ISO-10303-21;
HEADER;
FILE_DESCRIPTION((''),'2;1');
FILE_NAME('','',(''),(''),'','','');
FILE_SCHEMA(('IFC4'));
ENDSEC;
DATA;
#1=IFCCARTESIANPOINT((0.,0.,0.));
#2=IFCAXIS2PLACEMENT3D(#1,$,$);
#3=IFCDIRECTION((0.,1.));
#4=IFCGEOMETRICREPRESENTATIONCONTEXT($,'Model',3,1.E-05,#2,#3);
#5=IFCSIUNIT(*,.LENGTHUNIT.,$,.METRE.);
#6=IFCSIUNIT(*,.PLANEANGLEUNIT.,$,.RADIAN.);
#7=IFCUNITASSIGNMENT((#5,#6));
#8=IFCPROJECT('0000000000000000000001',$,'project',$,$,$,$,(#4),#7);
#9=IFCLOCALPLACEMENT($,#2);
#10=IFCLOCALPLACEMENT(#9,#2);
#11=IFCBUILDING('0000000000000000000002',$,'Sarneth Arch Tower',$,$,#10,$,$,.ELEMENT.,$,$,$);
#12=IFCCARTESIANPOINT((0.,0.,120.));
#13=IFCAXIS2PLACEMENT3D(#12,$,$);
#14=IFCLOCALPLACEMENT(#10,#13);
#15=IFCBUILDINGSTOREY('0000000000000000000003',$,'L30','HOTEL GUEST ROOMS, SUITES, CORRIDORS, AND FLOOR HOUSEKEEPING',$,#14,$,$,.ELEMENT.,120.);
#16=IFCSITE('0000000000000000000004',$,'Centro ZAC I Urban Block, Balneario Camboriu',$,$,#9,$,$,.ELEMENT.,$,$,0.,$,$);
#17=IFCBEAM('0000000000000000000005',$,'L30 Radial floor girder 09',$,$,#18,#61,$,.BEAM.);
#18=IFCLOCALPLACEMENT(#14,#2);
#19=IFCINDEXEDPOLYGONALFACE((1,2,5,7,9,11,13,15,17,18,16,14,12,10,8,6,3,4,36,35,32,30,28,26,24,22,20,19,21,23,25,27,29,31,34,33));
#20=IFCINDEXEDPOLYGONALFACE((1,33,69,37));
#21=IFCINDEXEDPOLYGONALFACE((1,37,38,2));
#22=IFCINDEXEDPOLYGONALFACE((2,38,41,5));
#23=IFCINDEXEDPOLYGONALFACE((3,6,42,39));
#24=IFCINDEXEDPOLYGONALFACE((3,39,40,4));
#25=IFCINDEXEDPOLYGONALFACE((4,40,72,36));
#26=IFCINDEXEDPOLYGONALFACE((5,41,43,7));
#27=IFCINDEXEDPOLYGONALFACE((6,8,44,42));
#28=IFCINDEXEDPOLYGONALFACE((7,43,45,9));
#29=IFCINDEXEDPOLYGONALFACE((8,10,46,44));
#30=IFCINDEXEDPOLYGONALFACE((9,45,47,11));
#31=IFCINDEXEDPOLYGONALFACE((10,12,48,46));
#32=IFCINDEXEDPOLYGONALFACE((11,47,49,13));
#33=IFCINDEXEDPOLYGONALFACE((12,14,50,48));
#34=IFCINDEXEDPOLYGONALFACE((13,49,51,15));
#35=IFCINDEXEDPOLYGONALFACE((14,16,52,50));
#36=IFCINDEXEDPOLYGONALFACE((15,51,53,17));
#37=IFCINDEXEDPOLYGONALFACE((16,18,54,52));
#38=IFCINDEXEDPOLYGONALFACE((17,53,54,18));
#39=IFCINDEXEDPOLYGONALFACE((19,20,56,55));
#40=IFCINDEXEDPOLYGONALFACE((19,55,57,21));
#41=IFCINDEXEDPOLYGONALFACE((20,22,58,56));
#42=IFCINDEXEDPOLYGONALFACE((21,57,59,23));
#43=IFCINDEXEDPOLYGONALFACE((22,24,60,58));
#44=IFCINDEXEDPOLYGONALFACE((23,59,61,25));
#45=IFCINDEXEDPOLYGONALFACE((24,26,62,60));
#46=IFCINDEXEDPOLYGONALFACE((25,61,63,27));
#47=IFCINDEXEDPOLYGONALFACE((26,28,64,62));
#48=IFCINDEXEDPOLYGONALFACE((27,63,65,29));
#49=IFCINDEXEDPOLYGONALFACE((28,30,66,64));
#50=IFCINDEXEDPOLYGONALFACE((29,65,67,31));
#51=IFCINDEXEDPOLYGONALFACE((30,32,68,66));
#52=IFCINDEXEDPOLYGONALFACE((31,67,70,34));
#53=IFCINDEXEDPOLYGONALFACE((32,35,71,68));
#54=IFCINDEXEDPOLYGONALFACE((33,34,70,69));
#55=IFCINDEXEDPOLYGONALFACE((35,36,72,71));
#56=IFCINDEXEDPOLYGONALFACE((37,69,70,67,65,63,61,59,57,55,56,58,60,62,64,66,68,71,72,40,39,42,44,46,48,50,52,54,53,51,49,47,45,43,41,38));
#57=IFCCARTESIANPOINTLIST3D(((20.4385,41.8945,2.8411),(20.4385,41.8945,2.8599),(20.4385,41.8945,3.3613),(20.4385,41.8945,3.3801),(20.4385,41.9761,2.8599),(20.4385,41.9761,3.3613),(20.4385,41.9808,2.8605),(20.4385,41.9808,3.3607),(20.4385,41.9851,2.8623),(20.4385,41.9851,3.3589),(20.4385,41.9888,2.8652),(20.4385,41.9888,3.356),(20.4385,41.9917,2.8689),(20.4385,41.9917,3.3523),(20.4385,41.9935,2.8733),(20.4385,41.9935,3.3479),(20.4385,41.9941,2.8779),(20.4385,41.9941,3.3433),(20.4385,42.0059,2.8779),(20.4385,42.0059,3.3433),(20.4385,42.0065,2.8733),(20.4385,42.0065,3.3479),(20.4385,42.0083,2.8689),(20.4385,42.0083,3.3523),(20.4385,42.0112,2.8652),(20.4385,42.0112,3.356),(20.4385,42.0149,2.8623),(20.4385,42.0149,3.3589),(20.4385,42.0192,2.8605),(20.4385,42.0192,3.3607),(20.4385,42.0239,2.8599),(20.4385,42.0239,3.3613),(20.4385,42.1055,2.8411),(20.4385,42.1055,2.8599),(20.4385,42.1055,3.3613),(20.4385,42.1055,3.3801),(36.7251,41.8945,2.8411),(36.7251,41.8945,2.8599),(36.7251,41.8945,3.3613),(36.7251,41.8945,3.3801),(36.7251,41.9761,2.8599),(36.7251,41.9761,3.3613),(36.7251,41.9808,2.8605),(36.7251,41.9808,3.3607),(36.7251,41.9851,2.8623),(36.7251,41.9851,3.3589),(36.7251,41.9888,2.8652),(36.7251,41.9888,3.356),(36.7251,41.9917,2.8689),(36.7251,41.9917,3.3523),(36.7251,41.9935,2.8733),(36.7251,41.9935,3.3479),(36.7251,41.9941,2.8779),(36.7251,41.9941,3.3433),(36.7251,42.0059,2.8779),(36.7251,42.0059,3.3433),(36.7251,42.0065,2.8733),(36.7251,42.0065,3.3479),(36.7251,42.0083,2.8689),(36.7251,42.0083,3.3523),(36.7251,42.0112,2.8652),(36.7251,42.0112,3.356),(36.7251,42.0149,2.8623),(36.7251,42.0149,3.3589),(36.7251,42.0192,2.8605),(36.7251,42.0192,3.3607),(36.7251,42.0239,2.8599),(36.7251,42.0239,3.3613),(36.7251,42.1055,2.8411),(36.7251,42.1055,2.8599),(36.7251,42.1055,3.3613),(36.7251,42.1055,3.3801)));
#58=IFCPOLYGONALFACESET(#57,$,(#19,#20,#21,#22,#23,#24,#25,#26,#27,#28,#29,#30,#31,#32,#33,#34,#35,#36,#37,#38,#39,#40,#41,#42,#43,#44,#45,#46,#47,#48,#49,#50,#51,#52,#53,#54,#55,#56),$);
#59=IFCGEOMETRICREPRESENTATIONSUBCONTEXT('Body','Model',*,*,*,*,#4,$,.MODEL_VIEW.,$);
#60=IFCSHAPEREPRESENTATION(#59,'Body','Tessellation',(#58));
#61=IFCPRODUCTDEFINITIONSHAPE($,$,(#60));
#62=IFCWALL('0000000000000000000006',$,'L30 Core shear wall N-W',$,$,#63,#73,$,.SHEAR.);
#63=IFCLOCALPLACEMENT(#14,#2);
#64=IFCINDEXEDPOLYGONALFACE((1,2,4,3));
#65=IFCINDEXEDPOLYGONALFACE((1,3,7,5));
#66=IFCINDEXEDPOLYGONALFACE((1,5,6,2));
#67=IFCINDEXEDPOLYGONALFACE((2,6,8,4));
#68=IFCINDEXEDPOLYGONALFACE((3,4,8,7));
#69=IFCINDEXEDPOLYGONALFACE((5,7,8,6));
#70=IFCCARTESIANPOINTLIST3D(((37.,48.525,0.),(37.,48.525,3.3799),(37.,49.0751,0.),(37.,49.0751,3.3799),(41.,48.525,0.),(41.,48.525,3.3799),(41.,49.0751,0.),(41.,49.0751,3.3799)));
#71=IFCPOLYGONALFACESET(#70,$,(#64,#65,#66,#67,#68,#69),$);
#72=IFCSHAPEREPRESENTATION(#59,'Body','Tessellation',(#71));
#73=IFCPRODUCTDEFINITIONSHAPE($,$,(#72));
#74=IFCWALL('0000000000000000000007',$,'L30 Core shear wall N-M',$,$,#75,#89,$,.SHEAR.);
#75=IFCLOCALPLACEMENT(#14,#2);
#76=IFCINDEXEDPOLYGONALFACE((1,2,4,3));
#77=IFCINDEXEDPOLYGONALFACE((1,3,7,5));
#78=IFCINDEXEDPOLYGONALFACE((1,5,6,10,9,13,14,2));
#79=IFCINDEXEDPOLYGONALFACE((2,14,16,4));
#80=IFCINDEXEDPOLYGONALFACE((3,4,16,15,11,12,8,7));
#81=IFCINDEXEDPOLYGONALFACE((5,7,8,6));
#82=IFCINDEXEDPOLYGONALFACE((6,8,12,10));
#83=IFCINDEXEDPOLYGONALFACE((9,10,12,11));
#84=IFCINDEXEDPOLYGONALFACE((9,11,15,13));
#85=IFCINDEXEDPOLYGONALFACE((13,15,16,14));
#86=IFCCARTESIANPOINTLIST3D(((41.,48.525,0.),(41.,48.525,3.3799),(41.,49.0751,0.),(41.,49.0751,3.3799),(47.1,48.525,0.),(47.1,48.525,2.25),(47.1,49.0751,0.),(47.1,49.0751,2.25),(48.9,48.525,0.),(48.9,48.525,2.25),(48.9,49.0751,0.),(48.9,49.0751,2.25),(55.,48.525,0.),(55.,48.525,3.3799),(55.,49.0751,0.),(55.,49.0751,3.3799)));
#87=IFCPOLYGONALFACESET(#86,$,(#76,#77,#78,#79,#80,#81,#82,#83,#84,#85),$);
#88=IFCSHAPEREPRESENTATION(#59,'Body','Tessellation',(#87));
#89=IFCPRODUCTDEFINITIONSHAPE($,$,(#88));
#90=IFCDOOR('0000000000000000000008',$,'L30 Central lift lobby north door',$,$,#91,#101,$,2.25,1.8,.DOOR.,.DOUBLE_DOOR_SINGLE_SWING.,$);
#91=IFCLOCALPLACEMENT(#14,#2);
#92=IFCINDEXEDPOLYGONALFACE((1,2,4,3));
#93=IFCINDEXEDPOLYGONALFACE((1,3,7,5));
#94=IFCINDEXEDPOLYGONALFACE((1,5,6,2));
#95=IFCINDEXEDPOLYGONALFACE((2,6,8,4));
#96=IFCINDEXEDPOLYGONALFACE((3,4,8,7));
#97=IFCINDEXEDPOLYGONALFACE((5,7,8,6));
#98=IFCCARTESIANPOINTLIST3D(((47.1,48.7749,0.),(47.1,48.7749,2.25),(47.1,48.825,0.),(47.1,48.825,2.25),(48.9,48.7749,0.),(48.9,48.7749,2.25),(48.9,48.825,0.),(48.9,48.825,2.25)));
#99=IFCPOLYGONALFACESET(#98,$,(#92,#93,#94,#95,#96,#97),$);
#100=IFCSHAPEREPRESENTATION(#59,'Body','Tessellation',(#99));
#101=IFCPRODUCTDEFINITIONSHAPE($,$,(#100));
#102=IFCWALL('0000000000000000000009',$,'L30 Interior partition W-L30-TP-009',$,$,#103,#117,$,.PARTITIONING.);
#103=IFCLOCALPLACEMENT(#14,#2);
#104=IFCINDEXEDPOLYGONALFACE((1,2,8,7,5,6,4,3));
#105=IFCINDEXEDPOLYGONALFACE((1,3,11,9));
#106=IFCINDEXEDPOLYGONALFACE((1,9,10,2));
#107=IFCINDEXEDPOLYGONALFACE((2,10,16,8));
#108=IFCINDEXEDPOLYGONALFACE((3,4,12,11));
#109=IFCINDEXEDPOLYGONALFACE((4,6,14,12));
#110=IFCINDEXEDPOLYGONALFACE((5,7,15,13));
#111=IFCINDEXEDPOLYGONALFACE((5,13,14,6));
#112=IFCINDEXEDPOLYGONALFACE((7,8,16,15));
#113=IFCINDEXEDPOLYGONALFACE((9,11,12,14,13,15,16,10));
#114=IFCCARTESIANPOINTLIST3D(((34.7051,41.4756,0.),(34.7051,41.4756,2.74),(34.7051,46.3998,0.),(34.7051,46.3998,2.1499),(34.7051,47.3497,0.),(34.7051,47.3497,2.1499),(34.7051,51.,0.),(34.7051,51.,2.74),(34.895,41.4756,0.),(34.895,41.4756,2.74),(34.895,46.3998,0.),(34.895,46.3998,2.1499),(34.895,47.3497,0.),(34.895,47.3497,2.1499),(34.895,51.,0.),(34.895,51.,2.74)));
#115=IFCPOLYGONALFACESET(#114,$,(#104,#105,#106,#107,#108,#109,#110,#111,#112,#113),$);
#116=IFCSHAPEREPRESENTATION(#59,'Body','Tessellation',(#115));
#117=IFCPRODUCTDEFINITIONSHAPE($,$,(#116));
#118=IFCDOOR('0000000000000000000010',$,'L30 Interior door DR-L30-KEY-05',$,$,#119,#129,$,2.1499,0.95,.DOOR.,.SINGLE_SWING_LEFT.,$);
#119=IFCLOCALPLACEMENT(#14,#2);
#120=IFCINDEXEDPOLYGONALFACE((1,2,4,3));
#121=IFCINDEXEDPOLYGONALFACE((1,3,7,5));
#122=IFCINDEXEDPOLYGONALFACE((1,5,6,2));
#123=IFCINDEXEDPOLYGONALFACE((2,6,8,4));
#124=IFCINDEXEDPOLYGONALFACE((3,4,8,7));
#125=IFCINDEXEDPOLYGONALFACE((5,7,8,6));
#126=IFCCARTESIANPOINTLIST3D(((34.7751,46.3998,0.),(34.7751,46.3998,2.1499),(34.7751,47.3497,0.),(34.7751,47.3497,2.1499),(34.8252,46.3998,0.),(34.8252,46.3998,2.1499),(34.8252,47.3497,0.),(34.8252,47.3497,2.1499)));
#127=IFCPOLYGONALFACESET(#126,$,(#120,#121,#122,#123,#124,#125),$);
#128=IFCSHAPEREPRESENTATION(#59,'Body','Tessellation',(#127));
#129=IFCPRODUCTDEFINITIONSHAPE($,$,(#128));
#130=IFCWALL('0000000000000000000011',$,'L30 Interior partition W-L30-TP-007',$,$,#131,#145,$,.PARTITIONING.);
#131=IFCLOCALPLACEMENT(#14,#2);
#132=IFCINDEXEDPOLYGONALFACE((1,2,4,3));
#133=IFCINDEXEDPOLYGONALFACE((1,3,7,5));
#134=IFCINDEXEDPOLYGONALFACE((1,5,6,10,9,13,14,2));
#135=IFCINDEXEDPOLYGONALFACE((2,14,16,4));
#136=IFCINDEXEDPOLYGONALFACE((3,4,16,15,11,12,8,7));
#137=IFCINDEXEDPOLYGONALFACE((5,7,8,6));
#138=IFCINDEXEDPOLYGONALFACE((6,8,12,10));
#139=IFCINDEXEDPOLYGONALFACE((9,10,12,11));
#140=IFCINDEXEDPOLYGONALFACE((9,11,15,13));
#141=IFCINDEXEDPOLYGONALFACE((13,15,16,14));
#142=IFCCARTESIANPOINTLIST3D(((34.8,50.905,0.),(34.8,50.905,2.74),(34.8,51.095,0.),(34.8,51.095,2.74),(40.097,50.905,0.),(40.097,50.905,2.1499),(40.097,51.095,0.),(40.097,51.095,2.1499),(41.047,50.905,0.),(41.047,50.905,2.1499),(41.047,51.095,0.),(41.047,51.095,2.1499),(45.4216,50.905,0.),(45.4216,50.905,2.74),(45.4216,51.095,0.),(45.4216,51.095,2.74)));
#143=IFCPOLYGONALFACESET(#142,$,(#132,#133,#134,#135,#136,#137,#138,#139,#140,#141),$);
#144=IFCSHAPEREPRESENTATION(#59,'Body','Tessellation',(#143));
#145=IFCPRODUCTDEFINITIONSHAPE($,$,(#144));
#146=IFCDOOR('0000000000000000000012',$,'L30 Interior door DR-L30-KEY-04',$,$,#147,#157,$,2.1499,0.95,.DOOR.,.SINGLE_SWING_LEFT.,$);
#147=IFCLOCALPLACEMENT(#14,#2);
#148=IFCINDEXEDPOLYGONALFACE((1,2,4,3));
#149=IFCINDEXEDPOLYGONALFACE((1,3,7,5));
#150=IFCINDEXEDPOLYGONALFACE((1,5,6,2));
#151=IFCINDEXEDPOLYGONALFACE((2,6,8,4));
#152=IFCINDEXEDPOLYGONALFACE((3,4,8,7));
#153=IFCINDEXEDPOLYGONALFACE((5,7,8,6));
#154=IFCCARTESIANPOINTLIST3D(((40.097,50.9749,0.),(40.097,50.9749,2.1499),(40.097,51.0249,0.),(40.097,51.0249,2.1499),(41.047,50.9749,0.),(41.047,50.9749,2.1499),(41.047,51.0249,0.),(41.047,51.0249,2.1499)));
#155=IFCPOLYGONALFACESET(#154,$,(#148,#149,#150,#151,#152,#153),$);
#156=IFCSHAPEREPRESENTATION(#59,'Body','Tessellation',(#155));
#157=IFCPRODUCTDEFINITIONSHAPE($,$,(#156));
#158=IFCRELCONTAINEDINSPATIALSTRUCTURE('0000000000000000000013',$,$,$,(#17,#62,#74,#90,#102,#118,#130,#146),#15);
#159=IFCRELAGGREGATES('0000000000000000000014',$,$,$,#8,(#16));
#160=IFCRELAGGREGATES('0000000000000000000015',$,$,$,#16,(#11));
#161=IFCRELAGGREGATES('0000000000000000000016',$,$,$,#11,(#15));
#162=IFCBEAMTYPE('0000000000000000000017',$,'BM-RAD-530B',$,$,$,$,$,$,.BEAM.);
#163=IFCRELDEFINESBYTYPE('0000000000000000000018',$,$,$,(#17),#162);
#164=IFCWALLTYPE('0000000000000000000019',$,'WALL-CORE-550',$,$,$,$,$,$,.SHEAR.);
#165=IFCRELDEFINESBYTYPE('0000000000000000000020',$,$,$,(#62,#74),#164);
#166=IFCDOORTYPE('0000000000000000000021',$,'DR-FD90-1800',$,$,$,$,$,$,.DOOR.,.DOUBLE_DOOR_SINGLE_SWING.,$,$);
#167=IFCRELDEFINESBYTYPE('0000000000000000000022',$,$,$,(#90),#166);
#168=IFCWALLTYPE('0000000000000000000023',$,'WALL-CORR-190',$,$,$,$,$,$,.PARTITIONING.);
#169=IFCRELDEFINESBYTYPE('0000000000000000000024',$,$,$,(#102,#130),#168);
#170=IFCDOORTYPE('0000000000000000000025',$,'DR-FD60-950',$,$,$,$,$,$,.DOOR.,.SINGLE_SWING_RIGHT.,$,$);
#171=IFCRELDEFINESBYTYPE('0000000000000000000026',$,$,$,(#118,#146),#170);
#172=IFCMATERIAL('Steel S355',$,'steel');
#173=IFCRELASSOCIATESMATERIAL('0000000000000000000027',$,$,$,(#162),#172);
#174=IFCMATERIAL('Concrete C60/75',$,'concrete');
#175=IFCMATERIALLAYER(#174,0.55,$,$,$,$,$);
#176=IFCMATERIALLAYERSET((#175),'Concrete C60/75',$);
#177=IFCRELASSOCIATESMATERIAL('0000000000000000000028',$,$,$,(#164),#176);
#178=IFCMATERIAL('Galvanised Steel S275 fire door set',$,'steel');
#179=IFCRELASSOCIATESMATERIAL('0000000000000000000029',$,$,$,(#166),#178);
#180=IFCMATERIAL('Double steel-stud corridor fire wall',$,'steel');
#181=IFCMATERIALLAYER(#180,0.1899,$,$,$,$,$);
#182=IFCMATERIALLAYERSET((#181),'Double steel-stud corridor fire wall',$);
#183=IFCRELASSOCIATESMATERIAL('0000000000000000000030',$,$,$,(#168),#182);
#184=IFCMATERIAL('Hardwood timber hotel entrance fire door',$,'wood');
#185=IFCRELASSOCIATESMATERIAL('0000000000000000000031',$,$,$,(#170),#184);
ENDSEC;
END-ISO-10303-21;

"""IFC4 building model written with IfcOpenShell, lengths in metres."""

from ifc_helpers import new_model, si_unit, direction, frame, frame_2d, origin, origin_2d, place, context, subcontext, project, spatial, rectangle, i_section, extrude, material, layer, layer_set, material_profile, profile_set, type_object, element, fill, save


model = new_model("IFC4")

# Units and contexts
model_context = context("Model", 3, precision=1e-05, world=origin(), true_north=direction((0.0, 1.0)))
body_context = subcontext(model_context, "Body", "Model", "MODEL_VIEW")
ifc_project = project(units=[si_unit("LENGTHUNIT", "METRE"), si_unit("PLANEANGLEUNIT", "RADIAN")], contexts=[model_context])

# Site, building, storey
site_placement = place(None, origin())
site = spatial("IfcSite", under=ifc_project, at=site_placement, Name="Centro ZAC I Urban Block, Balneario Camboriu", CompositionType="ELEMENT", RefElevation=0.0)
building_placement = place(site_placement, origin())
building = spatial("IfcBuilding", under=site, at=building_placement, Name="Sarneth Arch Tower", CompositionType="ELEMENT")
storey_placement = place(building_placement, frame((0.0, 0.0, 120.0)))
storey = spatial("IfcBuildingStorey", under=building, at=storey_placement, Name="L30", Description="HOTEL GUEST ROOMS, SUITES, CORRIDORS, AND FLOOR HOUSEKEEPING", CompositionType="ELEMENT", Elevation=120.0)

# Beam
ifc_material_1 = material(Name="Steel S355", Category="steel")
ifc_material_profile = material_profile(ifc_material_1, i_section(OverallWidth=0.2109, OverallDepth=0.5391, WebThickness=0.0117, FlangeThickness=0.0188, FilletRadius=0.0181, at=origin_2d()), Name="W530x109")
ifc_profile_set = profile_set([ifc_material_profile], Name="Steel S355")
beam_type = type_object("IfcBeamType", Name="BM-RAD-530B", PredefinedType="BEAM", material=ifc_profile_set)
beam_1_placement = place(storey_placement, frame((36.7251, 42.0, 3.1106), z_axis=(-1.0, 0.0, 0.0), x_axis=(0.0, -1.0, 0.0)))
element("IfcBeam", 1, at=beam_1_placement, inside=storey, type_object=beam_type, Name="L30 Radial floor girder 09", PredefinedType="BEAM", context=body_context, shape_type="SweptSolid", body=[
    extrude(i_section(OverallWidth=0.2109, OverallDepth=0.5391, WebThickness=0.0117, FlangeThickness=0.0188, FilletRadius=0.0181, at=origin_2d()), origin(), (0.0, 0.0, 1.0), 16.2866),
])

# Wall
ifc_material_2 = material(Name="Concrete C60/75", Category="concrete")
ifc_layer_1 = layer(ifc_material_2, 0.55)
ifc_layer_set_1 = layer_set([ifc_layer_1], Name="Concrete C60/75")
wall_type_1 = type_object("IfcWallType", Name="WALL-CORE-550", PredefinedType="SHEAR", material=ifc_layer_set_1)
wall_1_placement = place(storey_placement, frame((37.0, 48.8, 0.0), z_axis=(0.0, 0.0, 1.0), x_axis=(1.0, 0.0, 0.0)))
element("IfcWall", 2, at=wall_1_placement, inside=storey, type_object=wall_type_1, Name="L30 Core shear wall N-W", PredefinedType="SHEAR", context=body_context, shape_type="SweptSolid", body=[
    extrude(rectangle(XDim=4.0, YDim=0.55, at=frame_2d((2.0, 0.0))), origin(), (0.0, 0.0, 1.0), 3.3799),
])

# Walls, openings, doors
wall_2_placement = place(storey_placement, frame((41.0, 48.8, 0.0), z_axis=(0.0, 0.0, 1.0), x_axis=(1.0, 0.0, 0.0)))
wall_2 = element("IfcWall", 3, at=wall_2_placement, inside=storey, type_object=wall_type_1, Name="L30 Core shear wall N-M", PredefinedType="SHEAR", context=body_context, shape_type="SweptSolid", body=[
    extrude(rectangle(XDim=14.0, YDim=0.55, at=frame_2d((7.0, 0.0))), origin(), (0.0, 0.0, 1.0), 3.3799),
])
opening_1_placement = place(wall_2_placement, frame((6.1001, 0.0, 0.0)))
opening_1 = element("IfcOpeningElement", 4, at=opening_1_placement, cuts=wall_2, PredefinedType="OPENING", context=body_context, shape_type="SweptSolid", body=[
    extrude(rectangle(XDim=1.8, YDim=2.25, at=frame_2d((0.8999, 1.125))), frame((0.0, 0.2849, 0.0), z_axis=(0.0, -1.0, 0.0), x_axis=(1.0, 0.0, 0.0)), (0.0, 0.0, 1.0), 0.5701),
])
ifc_material_3 = material(Name="Galvanised Steel S275 fire door set", Category="steel")
door_type_1 = type_object("IfcDoorType", Name="DR-FD90-1800", OperationType="DOUBLE_DOOR_SINGLE_SWING", PredefinedType="DOOR", material=ifc_material_3)
door_1_placement = place(opening_1_placement, origin())
door_1 = element("IfcDoor", 5, at=door_1_placement, inside=storey, type_object=door_type_1, Name="L30 Central lift lobby north door", OperationType="DOUBLE_DOOR_SINGLE_SWING", OverallHeight=2.25, OverallWidth=1.8, PredefinedType="DOOR", context=body_context, shape_type="SweptSolid", body=[
    extrude(rectangle(XDim=1.8, YDim=2.25, at=frame_2d((0.8999, 1.125))), frame((0.0, 0.0249, 0.0), z_axis=(0.0, -1.0, 0.0), x_axis=(1.0, 0.0, 0.0)), (0.0, 0.0, 1.0), 0.05),
])
fill(opening_1, door_1)
ifc_material_4 = material(Name="Double steel-stud corridor fire wall", Category="steel")
ifc_layer_2 = layer(ifc_material_4, 0.1899)
ifc_layer_set_2 = layer_set([ifc_layer_2], Name="Double steel-stud corridor fire wall")
wall_type_2 = type_object("IfcWallType", Name="WALL-CORR-190", PredefinedType="PARTITIONING", material=ifc_layer_set_2)
wall_3_placement = place(storey_placement, frame((34.8, 41.4756, 0.0), z_axis=(0.0, 0.0, 1.0), x_axis=(0.0, 1.0, 0.0)))
wall_3 = element("IfcWall", 6, at=wall_3_placement, inside=storey, type_object=wall_type_2, Name="L30 Interior partition W-L30-TP-009", PredefinedType="PARTITIONING", context=body_context, shape_type="SweptSolid", body=[
    extrude(rectangle(XDim=9.5244, YDim=0.1899, at=frame_2d((4.7622, 0.0))), origin(), (0.0, 0.0, 1.0), 2.74),
])
opening_2_placement = place(wall_3_placement, frame((4.9241, 0.0, 0.0)))
opening_2 = element("IfcOpeningElement", 7, at=opening_2_placement, cuts=wall_3, PredefinedType="OPENING", context=body_context, shape_type="SweptSolid", body=[
    extrude(rectangle(XDim=0.95, YDim=2.1499, at=frame_2d((0.4751, 1.075))), frame((0.0, 0.105, 0.0), z_axis=(0.0, -1.0, 0.0), x_axis=(1.0, 0.0, 0.0)), (0.0, 0.0, 1.0), 0.21),
])
ifc_material_5 = material(Name="Hardwood timber hotel entrance fire door", Category="wood")
door_type_2 = type_object("IfcDoorType", Name="DR-FD60-950", OperationType="SINGLE_SWING_RIGHT", PredefinedType="DOOR", material=ifc_material_5)
door_2_placement = place(opening_2_placement, origin())
door_2 = element("IfcDoor", 8, at=door_2_placement, inside=storey, type_object=door_type_2, Name="L30 Interior door DR-L30-KEY-05", OperationType="SINGLE_SWING_LEFT", OverallHeight=2.1499, OverallWidth=0.95, PredefinedType="DOOR", context=body_context, shape_type="SweptSolid", body=[
    extrude(rectangle(XDim=0.95, YDim=2.1499, at=frame_2d((0.4751, 1.075))), frame((0.0, 0.0249, 0.0), z_axis=(0.0, -1.0, 0.0), x_axis=(1.0, 0.0, 0.0)), (0.0, 0.0, 1.0), 0.05),
])
fill(opening_2, door_2)
wall_4_placement = place(storey_placement, frame((34.8, 51.0, 0.0), z_axis=(0.0, 0.0, 1.0), x_axis=(1.0, 0.0, 0.0)))
wall_4 = element("IfcWall", 9, at=wall_4_placement, inside=storey, type_object=wall_type_2, Name="L30 Interior partition W-L30-TP-007", PredefinedType="PARTITIONING", context=body_context, shape_type="SweptSolid", body=[
    extrude(rectangle(XDim=10.6216, YDim=0.1899, at=frame_2d((5.3108, 0.0))), origin(), (0.0, 0.0, 1.0), 2.74),
])
opening_3_placement = place(wall_4_placement, frame((5.2969, 0.0, 0.0)))
opening_3 = element("IfcOpeningElement", 10, at=opening_3_placement, cuts=wall_4, PredefinedType="OPENING", context=body_context, shape_type="SweptSolid", body=[
    extrude(rectangle(XDim=0.95, YDim=2.1499, at=frame_2d((0.4751, 1.075))), frame((0.0, 0.105, 0.0), z_axis=(0.0, -1.0, 0.0), x_axis=(1.0, 0.0, 0.0)), (0.0, 0.0, 1.0), 0.21),
])
door_3_placement = place(opening_3_placement, origin())
door_3 = element("IfcDoor", 11, at=door_3_placement, inside=storey, type_object=door_type_2, Name="L30 Interior door DR-L30-KEY-04", OperationType="SINGLE_SWING_LEFT", OverallHeight=2.1499, OverallWidth=0.95, PredefinedType="DOOR", context=body_context, shape_type="SweptSolid", body=[
    extrude(rectangle(XDim=0.95, YDim=2.1499, at=frame_2d((0.4751, 1.075))), frame((0.0, 0.0249, 0.0), z_axis=(0.0, -1.0, 0.0), x_axis=(1.0, 0.0, 0.0)), (0.0, 0.0, 1.0), 0.05),
])
fill(opening_3, door_3)

save(model, "model.ifc")
